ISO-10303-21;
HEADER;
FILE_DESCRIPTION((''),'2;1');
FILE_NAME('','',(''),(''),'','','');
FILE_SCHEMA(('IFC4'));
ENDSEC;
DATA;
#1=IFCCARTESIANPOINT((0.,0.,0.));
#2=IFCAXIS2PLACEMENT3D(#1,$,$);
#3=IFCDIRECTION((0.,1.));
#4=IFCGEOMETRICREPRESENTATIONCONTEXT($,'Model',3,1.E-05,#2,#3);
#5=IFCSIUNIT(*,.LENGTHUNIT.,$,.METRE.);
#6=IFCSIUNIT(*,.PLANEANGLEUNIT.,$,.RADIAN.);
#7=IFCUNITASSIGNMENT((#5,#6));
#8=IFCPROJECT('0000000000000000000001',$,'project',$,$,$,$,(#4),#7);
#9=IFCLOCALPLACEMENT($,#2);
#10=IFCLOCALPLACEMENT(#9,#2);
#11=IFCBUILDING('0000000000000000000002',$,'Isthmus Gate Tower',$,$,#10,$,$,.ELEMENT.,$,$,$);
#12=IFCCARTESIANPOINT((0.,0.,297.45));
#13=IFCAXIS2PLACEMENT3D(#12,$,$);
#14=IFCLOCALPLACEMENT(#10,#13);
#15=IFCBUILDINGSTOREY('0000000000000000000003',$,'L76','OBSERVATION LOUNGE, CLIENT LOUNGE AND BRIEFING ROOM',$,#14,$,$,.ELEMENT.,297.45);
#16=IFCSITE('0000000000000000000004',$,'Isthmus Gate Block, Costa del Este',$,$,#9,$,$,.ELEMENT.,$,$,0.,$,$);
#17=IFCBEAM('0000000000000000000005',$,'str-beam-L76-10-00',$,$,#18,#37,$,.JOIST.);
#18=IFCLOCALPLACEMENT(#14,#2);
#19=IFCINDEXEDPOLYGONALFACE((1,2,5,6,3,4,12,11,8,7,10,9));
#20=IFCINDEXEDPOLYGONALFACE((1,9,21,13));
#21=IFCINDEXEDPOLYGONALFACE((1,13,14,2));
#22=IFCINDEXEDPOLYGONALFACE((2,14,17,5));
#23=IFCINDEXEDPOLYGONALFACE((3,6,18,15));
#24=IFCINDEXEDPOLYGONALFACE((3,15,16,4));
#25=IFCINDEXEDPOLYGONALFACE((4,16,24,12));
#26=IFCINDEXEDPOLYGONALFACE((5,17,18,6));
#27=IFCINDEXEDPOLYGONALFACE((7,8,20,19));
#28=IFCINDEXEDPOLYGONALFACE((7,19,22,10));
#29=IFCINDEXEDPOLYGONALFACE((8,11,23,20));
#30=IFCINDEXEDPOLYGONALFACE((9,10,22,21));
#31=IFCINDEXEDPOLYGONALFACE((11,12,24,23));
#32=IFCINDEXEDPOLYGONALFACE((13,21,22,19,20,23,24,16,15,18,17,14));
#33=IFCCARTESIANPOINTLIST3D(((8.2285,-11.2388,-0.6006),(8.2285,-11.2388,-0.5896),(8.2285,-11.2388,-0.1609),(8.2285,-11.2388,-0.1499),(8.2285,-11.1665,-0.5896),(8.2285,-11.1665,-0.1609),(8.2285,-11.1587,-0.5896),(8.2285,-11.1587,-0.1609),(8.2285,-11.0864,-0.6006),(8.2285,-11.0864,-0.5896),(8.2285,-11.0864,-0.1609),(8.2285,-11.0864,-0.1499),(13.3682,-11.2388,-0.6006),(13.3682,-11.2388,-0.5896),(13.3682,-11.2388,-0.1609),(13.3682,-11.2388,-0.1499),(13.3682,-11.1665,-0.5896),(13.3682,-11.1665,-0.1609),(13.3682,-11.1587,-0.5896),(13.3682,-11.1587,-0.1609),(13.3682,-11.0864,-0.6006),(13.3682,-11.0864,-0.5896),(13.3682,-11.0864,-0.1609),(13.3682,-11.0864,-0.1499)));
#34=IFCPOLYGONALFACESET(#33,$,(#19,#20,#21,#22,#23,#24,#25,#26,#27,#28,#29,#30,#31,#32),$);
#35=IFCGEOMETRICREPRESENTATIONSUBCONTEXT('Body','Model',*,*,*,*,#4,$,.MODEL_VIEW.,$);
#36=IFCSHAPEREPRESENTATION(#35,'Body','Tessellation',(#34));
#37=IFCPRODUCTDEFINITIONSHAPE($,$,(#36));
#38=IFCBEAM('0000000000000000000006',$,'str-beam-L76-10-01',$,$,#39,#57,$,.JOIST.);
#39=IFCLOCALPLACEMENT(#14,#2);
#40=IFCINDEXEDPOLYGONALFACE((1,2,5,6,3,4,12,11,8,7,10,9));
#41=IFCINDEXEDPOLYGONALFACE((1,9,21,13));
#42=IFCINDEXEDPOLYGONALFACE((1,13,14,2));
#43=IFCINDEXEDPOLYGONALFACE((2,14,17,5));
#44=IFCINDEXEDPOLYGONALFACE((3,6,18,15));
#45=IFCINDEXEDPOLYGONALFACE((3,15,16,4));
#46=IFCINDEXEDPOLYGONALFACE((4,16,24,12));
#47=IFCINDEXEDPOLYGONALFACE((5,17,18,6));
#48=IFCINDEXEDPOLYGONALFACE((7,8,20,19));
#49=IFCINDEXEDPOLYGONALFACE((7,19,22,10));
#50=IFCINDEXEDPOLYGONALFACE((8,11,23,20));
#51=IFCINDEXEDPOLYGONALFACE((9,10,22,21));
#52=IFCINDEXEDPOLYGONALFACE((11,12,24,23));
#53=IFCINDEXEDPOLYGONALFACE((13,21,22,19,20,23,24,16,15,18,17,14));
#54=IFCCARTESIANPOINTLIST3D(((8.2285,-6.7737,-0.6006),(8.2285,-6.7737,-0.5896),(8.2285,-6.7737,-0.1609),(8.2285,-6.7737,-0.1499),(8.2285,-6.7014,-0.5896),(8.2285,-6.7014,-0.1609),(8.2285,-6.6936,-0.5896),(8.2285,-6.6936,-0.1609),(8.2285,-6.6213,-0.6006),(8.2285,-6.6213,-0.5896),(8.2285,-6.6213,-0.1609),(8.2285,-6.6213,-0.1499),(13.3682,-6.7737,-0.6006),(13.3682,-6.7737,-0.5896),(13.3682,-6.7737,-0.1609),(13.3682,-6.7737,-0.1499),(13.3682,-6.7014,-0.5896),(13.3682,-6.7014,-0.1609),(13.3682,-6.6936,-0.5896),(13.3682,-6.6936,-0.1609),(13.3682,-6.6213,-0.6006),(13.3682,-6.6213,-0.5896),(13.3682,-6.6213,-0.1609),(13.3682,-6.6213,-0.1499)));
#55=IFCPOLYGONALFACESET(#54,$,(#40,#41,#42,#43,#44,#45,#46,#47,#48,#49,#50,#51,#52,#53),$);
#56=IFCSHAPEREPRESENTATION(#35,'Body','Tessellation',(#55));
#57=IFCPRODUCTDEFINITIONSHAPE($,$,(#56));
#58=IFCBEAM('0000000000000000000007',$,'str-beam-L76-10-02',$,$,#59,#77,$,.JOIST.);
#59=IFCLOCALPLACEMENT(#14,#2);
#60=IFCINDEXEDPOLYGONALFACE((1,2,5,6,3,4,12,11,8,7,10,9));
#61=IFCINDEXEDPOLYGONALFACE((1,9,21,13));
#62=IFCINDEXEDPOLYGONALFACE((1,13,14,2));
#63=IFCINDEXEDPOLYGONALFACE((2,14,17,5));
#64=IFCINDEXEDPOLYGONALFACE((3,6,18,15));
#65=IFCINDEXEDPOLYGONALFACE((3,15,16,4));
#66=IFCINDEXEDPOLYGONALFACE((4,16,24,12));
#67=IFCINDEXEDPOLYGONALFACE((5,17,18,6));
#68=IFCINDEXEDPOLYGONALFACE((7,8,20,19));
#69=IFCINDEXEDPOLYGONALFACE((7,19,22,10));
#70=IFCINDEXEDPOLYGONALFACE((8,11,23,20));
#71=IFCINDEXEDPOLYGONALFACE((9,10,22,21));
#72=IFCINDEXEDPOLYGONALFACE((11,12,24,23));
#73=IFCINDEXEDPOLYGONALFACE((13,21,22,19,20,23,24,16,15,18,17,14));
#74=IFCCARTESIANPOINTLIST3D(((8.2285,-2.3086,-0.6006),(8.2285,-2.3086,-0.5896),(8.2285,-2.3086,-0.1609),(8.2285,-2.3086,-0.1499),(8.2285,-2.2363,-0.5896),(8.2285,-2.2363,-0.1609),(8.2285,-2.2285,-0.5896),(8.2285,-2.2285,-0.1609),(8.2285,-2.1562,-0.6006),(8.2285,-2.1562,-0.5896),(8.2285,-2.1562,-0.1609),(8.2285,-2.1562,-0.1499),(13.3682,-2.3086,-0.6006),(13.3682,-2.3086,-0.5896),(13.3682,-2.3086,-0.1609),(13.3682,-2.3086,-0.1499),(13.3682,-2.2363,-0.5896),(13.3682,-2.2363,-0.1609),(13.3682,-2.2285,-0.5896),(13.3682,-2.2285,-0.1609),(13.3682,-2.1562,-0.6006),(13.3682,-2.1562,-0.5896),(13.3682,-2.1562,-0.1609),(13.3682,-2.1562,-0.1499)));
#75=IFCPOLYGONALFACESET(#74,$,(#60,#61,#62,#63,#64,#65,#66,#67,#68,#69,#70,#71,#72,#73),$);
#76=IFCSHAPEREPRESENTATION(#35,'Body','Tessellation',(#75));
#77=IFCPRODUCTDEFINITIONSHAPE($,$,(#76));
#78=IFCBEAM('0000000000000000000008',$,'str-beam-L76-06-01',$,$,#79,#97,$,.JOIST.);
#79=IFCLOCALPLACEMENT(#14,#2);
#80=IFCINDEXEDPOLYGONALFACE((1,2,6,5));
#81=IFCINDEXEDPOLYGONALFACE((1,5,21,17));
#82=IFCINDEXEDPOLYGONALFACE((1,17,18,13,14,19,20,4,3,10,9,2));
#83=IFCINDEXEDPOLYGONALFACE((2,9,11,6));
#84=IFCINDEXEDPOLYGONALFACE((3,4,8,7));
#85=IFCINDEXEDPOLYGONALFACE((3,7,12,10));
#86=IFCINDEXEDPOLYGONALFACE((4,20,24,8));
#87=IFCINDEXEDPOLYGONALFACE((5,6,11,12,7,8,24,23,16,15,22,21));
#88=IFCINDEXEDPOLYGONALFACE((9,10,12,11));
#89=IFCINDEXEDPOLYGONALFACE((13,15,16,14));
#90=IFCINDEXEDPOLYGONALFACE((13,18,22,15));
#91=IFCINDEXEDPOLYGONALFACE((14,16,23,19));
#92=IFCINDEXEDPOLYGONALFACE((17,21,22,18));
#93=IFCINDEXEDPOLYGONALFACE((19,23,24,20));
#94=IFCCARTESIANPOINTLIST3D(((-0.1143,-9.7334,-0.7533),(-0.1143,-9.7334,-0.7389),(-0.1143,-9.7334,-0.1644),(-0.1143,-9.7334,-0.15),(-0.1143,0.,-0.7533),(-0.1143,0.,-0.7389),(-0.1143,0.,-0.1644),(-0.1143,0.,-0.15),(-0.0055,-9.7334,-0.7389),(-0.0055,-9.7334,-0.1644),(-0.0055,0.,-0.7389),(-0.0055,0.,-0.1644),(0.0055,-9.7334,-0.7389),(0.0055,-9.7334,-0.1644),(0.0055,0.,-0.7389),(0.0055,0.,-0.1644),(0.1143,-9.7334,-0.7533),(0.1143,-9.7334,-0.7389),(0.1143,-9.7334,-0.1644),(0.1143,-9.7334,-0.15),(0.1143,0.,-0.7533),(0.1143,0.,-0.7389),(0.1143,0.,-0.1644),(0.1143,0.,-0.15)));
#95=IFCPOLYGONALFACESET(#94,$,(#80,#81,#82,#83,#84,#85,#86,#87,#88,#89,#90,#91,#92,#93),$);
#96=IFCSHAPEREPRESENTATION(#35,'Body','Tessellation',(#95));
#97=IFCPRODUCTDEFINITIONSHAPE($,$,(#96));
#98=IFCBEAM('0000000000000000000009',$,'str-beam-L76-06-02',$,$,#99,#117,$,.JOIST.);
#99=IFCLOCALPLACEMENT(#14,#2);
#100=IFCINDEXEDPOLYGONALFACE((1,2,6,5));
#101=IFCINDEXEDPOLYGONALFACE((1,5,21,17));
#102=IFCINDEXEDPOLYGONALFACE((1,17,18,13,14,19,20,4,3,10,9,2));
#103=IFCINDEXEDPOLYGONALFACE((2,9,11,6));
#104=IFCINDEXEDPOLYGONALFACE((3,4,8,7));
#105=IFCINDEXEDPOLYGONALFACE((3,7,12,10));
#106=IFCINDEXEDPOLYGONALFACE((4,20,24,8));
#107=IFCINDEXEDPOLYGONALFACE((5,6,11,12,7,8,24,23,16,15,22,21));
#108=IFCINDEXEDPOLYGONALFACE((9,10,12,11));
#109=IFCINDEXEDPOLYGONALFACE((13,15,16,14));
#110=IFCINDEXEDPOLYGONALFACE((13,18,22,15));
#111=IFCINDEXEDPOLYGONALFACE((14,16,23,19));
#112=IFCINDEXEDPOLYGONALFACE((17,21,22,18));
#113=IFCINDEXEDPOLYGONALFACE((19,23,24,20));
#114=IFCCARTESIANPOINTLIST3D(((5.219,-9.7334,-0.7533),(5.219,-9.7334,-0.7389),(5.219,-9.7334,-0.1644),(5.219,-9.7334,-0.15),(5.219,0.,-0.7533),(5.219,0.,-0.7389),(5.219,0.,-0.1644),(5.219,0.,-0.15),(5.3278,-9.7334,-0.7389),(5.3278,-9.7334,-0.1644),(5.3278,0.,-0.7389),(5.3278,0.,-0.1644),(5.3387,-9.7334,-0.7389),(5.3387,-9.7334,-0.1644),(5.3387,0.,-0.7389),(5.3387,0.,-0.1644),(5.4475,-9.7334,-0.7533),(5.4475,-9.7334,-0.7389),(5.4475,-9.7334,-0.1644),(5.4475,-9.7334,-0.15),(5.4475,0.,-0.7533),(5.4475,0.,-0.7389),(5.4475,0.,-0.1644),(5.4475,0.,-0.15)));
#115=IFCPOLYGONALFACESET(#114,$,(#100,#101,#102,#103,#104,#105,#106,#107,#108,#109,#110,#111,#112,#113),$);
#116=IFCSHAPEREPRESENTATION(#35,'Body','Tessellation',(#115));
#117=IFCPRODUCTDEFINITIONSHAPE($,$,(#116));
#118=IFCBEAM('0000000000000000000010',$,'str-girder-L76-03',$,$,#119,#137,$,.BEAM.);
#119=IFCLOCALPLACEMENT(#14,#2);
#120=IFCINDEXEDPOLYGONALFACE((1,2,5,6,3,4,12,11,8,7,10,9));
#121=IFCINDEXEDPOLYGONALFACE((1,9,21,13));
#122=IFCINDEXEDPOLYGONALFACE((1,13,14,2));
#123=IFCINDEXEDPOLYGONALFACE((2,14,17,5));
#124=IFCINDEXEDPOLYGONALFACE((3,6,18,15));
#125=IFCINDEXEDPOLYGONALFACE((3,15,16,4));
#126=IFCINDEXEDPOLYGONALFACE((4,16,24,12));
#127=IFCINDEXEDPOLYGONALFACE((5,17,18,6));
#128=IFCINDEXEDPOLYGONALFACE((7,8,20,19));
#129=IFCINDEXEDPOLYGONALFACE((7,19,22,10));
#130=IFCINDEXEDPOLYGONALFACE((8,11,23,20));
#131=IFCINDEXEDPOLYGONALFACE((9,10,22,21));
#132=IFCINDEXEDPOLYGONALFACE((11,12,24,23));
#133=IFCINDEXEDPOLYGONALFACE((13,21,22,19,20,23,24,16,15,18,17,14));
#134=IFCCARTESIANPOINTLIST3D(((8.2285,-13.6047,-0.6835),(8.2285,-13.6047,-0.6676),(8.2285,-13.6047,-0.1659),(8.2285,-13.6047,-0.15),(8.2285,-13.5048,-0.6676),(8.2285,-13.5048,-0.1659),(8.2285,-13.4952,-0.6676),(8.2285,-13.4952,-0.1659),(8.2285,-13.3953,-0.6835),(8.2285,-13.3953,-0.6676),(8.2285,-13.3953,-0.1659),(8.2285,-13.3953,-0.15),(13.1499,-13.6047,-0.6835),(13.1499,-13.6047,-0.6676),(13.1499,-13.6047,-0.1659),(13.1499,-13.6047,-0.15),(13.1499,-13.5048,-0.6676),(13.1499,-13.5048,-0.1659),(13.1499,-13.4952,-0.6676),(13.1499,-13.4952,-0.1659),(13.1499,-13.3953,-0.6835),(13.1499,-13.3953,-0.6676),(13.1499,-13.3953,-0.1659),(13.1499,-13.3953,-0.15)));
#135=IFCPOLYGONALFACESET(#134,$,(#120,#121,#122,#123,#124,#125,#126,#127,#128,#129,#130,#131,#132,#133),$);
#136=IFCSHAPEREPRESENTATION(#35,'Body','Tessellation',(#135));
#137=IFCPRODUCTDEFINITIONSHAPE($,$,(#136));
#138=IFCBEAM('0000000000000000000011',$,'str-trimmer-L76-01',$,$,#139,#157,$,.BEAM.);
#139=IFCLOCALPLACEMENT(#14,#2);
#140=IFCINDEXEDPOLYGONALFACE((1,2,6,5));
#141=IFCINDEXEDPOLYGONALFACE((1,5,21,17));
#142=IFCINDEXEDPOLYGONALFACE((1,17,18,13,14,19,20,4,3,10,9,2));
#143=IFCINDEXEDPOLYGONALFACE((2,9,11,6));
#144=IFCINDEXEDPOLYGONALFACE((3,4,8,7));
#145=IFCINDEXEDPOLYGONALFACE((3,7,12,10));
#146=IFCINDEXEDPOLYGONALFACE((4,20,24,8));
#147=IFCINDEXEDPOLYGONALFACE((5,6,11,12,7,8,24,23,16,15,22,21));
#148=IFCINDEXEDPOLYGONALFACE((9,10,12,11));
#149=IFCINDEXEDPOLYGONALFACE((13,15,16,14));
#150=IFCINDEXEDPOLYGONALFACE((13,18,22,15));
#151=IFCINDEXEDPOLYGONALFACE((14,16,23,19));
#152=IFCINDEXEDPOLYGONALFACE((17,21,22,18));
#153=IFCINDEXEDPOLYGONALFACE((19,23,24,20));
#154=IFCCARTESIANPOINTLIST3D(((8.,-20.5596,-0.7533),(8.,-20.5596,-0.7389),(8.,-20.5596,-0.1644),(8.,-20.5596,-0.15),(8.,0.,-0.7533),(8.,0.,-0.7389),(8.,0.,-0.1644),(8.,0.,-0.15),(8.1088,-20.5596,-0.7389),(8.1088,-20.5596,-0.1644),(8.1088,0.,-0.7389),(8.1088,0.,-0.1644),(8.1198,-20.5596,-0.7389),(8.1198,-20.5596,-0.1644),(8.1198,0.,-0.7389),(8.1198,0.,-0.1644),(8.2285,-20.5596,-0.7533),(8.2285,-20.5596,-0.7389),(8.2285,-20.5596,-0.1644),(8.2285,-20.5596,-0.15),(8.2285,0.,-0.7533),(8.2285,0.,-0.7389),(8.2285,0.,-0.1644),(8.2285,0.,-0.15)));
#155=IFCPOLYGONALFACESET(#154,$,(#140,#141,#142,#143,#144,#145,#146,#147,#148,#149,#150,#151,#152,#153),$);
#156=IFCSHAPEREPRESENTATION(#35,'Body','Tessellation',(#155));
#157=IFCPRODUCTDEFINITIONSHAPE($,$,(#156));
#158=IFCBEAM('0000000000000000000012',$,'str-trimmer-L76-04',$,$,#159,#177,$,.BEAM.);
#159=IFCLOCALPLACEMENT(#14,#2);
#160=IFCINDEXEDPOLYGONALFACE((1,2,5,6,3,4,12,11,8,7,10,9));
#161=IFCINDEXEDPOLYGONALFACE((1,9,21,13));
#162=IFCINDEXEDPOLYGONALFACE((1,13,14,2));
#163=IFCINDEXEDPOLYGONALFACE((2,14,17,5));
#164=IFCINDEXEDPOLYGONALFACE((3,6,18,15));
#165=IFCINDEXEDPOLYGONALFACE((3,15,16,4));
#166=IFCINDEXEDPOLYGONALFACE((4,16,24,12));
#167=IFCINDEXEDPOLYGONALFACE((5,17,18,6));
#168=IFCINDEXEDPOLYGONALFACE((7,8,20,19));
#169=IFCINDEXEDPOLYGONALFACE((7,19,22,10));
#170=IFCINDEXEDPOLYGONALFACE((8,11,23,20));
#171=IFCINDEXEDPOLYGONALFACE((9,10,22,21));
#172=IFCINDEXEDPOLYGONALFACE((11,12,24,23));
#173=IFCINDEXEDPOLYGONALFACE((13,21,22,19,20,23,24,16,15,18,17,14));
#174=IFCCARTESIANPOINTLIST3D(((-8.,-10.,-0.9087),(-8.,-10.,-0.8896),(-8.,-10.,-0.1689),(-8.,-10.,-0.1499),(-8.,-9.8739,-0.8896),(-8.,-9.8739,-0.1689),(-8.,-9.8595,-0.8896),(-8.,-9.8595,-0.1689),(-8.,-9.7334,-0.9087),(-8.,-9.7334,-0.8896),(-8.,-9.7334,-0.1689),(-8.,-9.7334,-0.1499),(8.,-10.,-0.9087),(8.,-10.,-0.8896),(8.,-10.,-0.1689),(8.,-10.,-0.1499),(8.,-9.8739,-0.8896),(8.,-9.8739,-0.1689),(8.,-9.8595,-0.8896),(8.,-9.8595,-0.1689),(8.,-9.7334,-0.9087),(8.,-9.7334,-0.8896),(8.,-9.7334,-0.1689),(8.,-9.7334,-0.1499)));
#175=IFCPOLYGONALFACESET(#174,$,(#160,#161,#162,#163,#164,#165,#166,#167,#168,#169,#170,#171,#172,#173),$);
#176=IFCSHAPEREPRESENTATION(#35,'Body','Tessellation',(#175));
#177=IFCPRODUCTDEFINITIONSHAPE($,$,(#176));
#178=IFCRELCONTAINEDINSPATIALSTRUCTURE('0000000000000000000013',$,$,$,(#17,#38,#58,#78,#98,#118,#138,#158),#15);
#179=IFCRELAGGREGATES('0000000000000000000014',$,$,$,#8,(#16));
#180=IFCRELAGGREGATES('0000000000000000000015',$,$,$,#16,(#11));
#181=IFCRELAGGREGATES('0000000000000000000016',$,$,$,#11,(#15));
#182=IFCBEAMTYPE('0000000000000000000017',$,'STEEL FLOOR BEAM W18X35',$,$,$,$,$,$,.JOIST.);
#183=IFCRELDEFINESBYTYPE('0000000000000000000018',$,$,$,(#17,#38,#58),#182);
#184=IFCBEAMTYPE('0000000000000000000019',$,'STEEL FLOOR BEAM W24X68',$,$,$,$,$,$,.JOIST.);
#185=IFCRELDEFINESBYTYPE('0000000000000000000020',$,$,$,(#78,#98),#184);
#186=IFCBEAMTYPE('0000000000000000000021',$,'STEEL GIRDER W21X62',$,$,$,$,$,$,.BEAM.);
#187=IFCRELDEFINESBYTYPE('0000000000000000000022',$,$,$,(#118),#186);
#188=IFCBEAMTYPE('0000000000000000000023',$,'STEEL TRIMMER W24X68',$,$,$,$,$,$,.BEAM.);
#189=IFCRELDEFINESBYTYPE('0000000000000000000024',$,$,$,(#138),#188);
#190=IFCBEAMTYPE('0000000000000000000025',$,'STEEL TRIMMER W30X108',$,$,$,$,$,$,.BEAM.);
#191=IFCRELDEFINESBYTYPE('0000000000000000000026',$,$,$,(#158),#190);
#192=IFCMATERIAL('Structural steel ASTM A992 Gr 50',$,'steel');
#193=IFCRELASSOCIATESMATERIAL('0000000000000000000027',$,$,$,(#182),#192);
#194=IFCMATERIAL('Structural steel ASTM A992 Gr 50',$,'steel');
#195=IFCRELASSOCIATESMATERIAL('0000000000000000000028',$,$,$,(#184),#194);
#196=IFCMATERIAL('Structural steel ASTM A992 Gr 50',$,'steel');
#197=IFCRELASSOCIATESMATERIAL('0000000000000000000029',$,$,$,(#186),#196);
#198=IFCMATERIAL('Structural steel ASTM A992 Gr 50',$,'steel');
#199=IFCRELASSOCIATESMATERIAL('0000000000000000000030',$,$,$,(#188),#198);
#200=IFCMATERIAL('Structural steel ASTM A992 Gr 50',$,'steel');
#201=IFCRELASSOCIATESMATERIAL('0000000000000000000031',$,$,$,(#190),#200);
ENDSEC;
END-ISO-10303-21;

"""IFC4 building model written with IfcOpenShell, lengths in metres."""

from ifc_helpers import new_model, si_unit, direction, frame, origin, origin_2d, place, context, subcontext, project, spatial, i_section, extrude, material, material_profile, profile_set, type_object, element, save


model = new_model("IFC4")

# Units and contexts
model_context = context("Model", 3, precision=1e-05, world=origin(), true_north=direction((0.0, 1.0)))
body_context = subcontext(model_context, "Body", "Model", "MODEL_VIEW")
ifc_project = project(units=[si_unit("LENGTHUNIT", "METRE"), si_unit("PLANEANGLEUNIT", "RADIAN")], contexts=[model_context])

# Site, building, storey
site_placement = place(None, origin())
site = spatial("IfcSite", under=ifc_project, at=site_placement, Name="Isthmus Gate Block, Costa del Este", CompositionType="ELEMENT", RefElevation=0.0)
building_placement = place(site_placement, origin())
building = spatial("IfcBuilding", under=site, at=building_placement, Name="Isthmus Gate Tower", CompositionType="ELEMENT")
storey_placement = place(building_placement, frame((0.0, 0.0, 297.45)))
storey = spatial("IfcBuildingStorey", under=building, at=storey_placement, Name="L76", Description="OBSERVATION LOUNGE, CLIENT LOUNGE AND BRIEFING ROOM", CompositionType="ELEMENT", Elevation=297.45)

# Beams
ifc_material_1 = material(Name="Structural steel ASTM A992 Gr 50", Category="steel")
ifc_material_profile_1 = material_profile(ifc_material_1, i_section(OverallWidth=0.1523, OverallDepth=0.4507, WebThickness=0.0078, FlangeThickness=0.011, at=origin_2d()), Name="W18X35")
ifc_profile_set_1 = profile_set([ifc_material_profile_1], Name="Structural steel ASTM A992 Gr 50")
beam_type_1 = type_object("IfcBeamType", Name="STEEL FLOOR BEAM W18X35", PredefinedType="JOIST", material=ifc_profile_set_1)
for number, where, z_axis, x_axis, name in (
    (1, (8.2285, -11.1626, -0.3752), (1.0, 0.0, 0.0), (0.0, 1.0, 0.0), "str-beam-L76-10-00"),
    (2, (8.2285, -6.6975, -0.3752), (1.0, 0.0, 0.0), (0.0, 1.0, 0.0), "str-beam-L76-10-01"),
    (3, (8.2285, -2.2324, -0.3752), (1.0, 0.0, 0.0), (0.0, 1.0, 0.0), "str-beam-L76-10-02"),
):
    element("IfcBeam", number, at=place(storey_placement, frame(where, z_axis=z_axis, x_axis=x_axis)), inside=storey, type_object=beam_type_1, Name=name, PredefinedType="JOIST", context=body_context, shape_type="SweptSolid", body=[
        extrude(i_section(OverallWidth=0.1523, OverallDepth=0.4507, WebThickness=0.0078, FlangeThickness=0.011, at=origin_2d()), origin(), (0.0, 0.0, 1.0), 5.1396),
    ])
ifc_material_2 = material(Name="Structural steel ASTM A992 Gr 50", Category="steel")
ifc_material_profile_2 = material_profile(ifc_material_2, i_section(OverallWidth=0.2285, OverallDepth=0.6033, WebThickness=0.011, FlangeThickness=0.0144, at=origin_2d()), Name="W24X68")
ifc_profile_set_2 = profile_set([ifc_material_profile_2], Name="Structural steel ASTM A992 Gr 50")
beam_type_2 = type_object("IfcBeamType", Name="STEEL FLOOR BEAM W24X68", PredefinedType="JOIST", material=ifc_profile_set_2)
for number, where, z_axis, x_axis, name in (
    (4, (0.0, -9.7334, -0.4517), (0.0, 1.0, 0.0), (-1.0, 0.0, 0.0), "str-beam-L76-06-01"),
    (5, (5.3333, -9.7334, -0.4517), (0.0, 1.0, 0.0), (-1.0, 0.0, 0.0), "str-beam-L76-06-02"),
):
    element("IfcBeam", number, at=place(storey_placement, frame(where, z_axis=z_axis, x_axis=x_axis)), inside=storey, type_object=beam_type_2, Name=name, PredefinedType="JOIST", context=body_context, shape_type="SweptSolid", body=[
        extrude(i_section(OverallWidth=0.2285, OverallDepth=0.6033, WebThickness=0.011, FlangeThickness=0.0144, at=origin_2d()), origin(), (0.0, 0.0, 1.0), 9.7334),
    ])
ifc_material_3 = material(Name="Structural steel ASTM A992 Gr 50", Category="steel")
ifc_material_profile_3 = material_profile(ifc_material_3, i_section(OverallWidth=0.2095, OverallDepth=0.5334, WebThickness=0.0095, FlangeThickness=0.0159, at=origin_2d()), Name="W21X62")
ifc_profile_set_3 = profile_set([ifc_material_profile_3], Name="Structural steel ASTM A992 Gr 50")
beam_type_3 = type_object("IfcBeamType", Name="STEEL GIRDER W21X62", PredefinedType="BEAM", material=ifc_profile_set_3)
beam_1_placement = place(storey_placement, frame((8.2285, -13.5, -0.4167), z_axis=(1.0, 0.0, 0.0), x_axis=(0.0, 1.0, 0.0)))
element("IfcBeam", 6, at=beam_1_placement, inside=storey, type_object=beam_type_3, Name="str-girder-L76-03", PredefinedType="BEAM", context=body_context, shape_type="SweptSolid", body=[
    extrude(i_section(OverallWidth=0.2095, OverallDepth=0.5334, WebThickness=0.0095, FlangeThickness=0.0159, at=origin_2d()), origin(), (0.0, 0.0, 1.0), 4.9214),
])
ifc_material_4 = material(Name="Structural steel ASTM A992 Gr 50", Category="steel")
ifc_material_profile_4 = material_profile(ifc_material_4, i_section(OverallWidth=0.2285, OverallDepth=0.6033, WebThickness=0.011, FlangeThickness=0.0144, at=origin_2d()), Name="W24X68")
ifc_profile_set_4 = profile_set([ifc_material_profile_4], Name="Structural steel ASTM A992 Gr 50")
beam_type_4 = type_object("IfcBeamType", Name="STEEL TRIMMER W24X68", PredefinedType="BEAM", material=ifc_profile_set_4)
beam_2_placement = place(storey_placement, frame((8.1143, -20.5596, -0.4517), z_axis=(0.0, 1.0, 0.0), x_axis=(-1.0, 0.0, 0.0)))
element("IfcBeam", 7, at=beam_2_placement, inside=storey, type_object=beam_type_4, Name="str-trimmer-L76-01", PredefinedType="BEAM", context=body_context, shape_type="SweptSolid", body=[
    extrude(i_section(OverallWidth=0.2285, OverallDepth=0.6033, WebThickness=0.011, FlangeThickness=0.0144, at=origin_2d()), origin(), (0.0, 0.0, 1.0), 20.5596),
])
ifc_material_5 = material(Name="Structural steel ASTM A992 Gr 50", Category="steel")
ifc_material_profile_5 = material_profile(ifc_material_5, i_section(OverallWidth=0.2666, OverallDepth=0.7588, WebThickness=0.0144, FlangeThickness=0.019, at=origin_2d()), Name="W30X108")
ifc_profile_set_5 = profile_set([ifc_material_profile_5], Name="Structural steel ASTM A992 Gr 50")
beam_type_5 = type_object("IfcBeamType", Name="STEEL TRIMMER W30X108", PredefinedType="BEAM", material=ifc_profile_set_5)
beam_3_placement = place(storey_placement, frame((8.0, -9.8667, -0.5293), z_axis=(-1.0, 0.0, 0.0), x_axis=(0.0, -1.0, 0.0)))
element("IfcBeam", 8, at=beam_3_placement, inside=storey, type_object=beam_type_5, Name="str-trimmer-L76-04", PredefinedType="BEAM", context=body_context, shape_type="SweptSolid", body=[
    extrude(i_section(OverallWidth=0.2666, OverallDepth=0.7588, WebThickness=0.0144, FlangeThickness=0.019, at=origin_2d()), origin(), (0.0, 0.0, 1.0), 16.0),
])

save(model, "model.ifc")
